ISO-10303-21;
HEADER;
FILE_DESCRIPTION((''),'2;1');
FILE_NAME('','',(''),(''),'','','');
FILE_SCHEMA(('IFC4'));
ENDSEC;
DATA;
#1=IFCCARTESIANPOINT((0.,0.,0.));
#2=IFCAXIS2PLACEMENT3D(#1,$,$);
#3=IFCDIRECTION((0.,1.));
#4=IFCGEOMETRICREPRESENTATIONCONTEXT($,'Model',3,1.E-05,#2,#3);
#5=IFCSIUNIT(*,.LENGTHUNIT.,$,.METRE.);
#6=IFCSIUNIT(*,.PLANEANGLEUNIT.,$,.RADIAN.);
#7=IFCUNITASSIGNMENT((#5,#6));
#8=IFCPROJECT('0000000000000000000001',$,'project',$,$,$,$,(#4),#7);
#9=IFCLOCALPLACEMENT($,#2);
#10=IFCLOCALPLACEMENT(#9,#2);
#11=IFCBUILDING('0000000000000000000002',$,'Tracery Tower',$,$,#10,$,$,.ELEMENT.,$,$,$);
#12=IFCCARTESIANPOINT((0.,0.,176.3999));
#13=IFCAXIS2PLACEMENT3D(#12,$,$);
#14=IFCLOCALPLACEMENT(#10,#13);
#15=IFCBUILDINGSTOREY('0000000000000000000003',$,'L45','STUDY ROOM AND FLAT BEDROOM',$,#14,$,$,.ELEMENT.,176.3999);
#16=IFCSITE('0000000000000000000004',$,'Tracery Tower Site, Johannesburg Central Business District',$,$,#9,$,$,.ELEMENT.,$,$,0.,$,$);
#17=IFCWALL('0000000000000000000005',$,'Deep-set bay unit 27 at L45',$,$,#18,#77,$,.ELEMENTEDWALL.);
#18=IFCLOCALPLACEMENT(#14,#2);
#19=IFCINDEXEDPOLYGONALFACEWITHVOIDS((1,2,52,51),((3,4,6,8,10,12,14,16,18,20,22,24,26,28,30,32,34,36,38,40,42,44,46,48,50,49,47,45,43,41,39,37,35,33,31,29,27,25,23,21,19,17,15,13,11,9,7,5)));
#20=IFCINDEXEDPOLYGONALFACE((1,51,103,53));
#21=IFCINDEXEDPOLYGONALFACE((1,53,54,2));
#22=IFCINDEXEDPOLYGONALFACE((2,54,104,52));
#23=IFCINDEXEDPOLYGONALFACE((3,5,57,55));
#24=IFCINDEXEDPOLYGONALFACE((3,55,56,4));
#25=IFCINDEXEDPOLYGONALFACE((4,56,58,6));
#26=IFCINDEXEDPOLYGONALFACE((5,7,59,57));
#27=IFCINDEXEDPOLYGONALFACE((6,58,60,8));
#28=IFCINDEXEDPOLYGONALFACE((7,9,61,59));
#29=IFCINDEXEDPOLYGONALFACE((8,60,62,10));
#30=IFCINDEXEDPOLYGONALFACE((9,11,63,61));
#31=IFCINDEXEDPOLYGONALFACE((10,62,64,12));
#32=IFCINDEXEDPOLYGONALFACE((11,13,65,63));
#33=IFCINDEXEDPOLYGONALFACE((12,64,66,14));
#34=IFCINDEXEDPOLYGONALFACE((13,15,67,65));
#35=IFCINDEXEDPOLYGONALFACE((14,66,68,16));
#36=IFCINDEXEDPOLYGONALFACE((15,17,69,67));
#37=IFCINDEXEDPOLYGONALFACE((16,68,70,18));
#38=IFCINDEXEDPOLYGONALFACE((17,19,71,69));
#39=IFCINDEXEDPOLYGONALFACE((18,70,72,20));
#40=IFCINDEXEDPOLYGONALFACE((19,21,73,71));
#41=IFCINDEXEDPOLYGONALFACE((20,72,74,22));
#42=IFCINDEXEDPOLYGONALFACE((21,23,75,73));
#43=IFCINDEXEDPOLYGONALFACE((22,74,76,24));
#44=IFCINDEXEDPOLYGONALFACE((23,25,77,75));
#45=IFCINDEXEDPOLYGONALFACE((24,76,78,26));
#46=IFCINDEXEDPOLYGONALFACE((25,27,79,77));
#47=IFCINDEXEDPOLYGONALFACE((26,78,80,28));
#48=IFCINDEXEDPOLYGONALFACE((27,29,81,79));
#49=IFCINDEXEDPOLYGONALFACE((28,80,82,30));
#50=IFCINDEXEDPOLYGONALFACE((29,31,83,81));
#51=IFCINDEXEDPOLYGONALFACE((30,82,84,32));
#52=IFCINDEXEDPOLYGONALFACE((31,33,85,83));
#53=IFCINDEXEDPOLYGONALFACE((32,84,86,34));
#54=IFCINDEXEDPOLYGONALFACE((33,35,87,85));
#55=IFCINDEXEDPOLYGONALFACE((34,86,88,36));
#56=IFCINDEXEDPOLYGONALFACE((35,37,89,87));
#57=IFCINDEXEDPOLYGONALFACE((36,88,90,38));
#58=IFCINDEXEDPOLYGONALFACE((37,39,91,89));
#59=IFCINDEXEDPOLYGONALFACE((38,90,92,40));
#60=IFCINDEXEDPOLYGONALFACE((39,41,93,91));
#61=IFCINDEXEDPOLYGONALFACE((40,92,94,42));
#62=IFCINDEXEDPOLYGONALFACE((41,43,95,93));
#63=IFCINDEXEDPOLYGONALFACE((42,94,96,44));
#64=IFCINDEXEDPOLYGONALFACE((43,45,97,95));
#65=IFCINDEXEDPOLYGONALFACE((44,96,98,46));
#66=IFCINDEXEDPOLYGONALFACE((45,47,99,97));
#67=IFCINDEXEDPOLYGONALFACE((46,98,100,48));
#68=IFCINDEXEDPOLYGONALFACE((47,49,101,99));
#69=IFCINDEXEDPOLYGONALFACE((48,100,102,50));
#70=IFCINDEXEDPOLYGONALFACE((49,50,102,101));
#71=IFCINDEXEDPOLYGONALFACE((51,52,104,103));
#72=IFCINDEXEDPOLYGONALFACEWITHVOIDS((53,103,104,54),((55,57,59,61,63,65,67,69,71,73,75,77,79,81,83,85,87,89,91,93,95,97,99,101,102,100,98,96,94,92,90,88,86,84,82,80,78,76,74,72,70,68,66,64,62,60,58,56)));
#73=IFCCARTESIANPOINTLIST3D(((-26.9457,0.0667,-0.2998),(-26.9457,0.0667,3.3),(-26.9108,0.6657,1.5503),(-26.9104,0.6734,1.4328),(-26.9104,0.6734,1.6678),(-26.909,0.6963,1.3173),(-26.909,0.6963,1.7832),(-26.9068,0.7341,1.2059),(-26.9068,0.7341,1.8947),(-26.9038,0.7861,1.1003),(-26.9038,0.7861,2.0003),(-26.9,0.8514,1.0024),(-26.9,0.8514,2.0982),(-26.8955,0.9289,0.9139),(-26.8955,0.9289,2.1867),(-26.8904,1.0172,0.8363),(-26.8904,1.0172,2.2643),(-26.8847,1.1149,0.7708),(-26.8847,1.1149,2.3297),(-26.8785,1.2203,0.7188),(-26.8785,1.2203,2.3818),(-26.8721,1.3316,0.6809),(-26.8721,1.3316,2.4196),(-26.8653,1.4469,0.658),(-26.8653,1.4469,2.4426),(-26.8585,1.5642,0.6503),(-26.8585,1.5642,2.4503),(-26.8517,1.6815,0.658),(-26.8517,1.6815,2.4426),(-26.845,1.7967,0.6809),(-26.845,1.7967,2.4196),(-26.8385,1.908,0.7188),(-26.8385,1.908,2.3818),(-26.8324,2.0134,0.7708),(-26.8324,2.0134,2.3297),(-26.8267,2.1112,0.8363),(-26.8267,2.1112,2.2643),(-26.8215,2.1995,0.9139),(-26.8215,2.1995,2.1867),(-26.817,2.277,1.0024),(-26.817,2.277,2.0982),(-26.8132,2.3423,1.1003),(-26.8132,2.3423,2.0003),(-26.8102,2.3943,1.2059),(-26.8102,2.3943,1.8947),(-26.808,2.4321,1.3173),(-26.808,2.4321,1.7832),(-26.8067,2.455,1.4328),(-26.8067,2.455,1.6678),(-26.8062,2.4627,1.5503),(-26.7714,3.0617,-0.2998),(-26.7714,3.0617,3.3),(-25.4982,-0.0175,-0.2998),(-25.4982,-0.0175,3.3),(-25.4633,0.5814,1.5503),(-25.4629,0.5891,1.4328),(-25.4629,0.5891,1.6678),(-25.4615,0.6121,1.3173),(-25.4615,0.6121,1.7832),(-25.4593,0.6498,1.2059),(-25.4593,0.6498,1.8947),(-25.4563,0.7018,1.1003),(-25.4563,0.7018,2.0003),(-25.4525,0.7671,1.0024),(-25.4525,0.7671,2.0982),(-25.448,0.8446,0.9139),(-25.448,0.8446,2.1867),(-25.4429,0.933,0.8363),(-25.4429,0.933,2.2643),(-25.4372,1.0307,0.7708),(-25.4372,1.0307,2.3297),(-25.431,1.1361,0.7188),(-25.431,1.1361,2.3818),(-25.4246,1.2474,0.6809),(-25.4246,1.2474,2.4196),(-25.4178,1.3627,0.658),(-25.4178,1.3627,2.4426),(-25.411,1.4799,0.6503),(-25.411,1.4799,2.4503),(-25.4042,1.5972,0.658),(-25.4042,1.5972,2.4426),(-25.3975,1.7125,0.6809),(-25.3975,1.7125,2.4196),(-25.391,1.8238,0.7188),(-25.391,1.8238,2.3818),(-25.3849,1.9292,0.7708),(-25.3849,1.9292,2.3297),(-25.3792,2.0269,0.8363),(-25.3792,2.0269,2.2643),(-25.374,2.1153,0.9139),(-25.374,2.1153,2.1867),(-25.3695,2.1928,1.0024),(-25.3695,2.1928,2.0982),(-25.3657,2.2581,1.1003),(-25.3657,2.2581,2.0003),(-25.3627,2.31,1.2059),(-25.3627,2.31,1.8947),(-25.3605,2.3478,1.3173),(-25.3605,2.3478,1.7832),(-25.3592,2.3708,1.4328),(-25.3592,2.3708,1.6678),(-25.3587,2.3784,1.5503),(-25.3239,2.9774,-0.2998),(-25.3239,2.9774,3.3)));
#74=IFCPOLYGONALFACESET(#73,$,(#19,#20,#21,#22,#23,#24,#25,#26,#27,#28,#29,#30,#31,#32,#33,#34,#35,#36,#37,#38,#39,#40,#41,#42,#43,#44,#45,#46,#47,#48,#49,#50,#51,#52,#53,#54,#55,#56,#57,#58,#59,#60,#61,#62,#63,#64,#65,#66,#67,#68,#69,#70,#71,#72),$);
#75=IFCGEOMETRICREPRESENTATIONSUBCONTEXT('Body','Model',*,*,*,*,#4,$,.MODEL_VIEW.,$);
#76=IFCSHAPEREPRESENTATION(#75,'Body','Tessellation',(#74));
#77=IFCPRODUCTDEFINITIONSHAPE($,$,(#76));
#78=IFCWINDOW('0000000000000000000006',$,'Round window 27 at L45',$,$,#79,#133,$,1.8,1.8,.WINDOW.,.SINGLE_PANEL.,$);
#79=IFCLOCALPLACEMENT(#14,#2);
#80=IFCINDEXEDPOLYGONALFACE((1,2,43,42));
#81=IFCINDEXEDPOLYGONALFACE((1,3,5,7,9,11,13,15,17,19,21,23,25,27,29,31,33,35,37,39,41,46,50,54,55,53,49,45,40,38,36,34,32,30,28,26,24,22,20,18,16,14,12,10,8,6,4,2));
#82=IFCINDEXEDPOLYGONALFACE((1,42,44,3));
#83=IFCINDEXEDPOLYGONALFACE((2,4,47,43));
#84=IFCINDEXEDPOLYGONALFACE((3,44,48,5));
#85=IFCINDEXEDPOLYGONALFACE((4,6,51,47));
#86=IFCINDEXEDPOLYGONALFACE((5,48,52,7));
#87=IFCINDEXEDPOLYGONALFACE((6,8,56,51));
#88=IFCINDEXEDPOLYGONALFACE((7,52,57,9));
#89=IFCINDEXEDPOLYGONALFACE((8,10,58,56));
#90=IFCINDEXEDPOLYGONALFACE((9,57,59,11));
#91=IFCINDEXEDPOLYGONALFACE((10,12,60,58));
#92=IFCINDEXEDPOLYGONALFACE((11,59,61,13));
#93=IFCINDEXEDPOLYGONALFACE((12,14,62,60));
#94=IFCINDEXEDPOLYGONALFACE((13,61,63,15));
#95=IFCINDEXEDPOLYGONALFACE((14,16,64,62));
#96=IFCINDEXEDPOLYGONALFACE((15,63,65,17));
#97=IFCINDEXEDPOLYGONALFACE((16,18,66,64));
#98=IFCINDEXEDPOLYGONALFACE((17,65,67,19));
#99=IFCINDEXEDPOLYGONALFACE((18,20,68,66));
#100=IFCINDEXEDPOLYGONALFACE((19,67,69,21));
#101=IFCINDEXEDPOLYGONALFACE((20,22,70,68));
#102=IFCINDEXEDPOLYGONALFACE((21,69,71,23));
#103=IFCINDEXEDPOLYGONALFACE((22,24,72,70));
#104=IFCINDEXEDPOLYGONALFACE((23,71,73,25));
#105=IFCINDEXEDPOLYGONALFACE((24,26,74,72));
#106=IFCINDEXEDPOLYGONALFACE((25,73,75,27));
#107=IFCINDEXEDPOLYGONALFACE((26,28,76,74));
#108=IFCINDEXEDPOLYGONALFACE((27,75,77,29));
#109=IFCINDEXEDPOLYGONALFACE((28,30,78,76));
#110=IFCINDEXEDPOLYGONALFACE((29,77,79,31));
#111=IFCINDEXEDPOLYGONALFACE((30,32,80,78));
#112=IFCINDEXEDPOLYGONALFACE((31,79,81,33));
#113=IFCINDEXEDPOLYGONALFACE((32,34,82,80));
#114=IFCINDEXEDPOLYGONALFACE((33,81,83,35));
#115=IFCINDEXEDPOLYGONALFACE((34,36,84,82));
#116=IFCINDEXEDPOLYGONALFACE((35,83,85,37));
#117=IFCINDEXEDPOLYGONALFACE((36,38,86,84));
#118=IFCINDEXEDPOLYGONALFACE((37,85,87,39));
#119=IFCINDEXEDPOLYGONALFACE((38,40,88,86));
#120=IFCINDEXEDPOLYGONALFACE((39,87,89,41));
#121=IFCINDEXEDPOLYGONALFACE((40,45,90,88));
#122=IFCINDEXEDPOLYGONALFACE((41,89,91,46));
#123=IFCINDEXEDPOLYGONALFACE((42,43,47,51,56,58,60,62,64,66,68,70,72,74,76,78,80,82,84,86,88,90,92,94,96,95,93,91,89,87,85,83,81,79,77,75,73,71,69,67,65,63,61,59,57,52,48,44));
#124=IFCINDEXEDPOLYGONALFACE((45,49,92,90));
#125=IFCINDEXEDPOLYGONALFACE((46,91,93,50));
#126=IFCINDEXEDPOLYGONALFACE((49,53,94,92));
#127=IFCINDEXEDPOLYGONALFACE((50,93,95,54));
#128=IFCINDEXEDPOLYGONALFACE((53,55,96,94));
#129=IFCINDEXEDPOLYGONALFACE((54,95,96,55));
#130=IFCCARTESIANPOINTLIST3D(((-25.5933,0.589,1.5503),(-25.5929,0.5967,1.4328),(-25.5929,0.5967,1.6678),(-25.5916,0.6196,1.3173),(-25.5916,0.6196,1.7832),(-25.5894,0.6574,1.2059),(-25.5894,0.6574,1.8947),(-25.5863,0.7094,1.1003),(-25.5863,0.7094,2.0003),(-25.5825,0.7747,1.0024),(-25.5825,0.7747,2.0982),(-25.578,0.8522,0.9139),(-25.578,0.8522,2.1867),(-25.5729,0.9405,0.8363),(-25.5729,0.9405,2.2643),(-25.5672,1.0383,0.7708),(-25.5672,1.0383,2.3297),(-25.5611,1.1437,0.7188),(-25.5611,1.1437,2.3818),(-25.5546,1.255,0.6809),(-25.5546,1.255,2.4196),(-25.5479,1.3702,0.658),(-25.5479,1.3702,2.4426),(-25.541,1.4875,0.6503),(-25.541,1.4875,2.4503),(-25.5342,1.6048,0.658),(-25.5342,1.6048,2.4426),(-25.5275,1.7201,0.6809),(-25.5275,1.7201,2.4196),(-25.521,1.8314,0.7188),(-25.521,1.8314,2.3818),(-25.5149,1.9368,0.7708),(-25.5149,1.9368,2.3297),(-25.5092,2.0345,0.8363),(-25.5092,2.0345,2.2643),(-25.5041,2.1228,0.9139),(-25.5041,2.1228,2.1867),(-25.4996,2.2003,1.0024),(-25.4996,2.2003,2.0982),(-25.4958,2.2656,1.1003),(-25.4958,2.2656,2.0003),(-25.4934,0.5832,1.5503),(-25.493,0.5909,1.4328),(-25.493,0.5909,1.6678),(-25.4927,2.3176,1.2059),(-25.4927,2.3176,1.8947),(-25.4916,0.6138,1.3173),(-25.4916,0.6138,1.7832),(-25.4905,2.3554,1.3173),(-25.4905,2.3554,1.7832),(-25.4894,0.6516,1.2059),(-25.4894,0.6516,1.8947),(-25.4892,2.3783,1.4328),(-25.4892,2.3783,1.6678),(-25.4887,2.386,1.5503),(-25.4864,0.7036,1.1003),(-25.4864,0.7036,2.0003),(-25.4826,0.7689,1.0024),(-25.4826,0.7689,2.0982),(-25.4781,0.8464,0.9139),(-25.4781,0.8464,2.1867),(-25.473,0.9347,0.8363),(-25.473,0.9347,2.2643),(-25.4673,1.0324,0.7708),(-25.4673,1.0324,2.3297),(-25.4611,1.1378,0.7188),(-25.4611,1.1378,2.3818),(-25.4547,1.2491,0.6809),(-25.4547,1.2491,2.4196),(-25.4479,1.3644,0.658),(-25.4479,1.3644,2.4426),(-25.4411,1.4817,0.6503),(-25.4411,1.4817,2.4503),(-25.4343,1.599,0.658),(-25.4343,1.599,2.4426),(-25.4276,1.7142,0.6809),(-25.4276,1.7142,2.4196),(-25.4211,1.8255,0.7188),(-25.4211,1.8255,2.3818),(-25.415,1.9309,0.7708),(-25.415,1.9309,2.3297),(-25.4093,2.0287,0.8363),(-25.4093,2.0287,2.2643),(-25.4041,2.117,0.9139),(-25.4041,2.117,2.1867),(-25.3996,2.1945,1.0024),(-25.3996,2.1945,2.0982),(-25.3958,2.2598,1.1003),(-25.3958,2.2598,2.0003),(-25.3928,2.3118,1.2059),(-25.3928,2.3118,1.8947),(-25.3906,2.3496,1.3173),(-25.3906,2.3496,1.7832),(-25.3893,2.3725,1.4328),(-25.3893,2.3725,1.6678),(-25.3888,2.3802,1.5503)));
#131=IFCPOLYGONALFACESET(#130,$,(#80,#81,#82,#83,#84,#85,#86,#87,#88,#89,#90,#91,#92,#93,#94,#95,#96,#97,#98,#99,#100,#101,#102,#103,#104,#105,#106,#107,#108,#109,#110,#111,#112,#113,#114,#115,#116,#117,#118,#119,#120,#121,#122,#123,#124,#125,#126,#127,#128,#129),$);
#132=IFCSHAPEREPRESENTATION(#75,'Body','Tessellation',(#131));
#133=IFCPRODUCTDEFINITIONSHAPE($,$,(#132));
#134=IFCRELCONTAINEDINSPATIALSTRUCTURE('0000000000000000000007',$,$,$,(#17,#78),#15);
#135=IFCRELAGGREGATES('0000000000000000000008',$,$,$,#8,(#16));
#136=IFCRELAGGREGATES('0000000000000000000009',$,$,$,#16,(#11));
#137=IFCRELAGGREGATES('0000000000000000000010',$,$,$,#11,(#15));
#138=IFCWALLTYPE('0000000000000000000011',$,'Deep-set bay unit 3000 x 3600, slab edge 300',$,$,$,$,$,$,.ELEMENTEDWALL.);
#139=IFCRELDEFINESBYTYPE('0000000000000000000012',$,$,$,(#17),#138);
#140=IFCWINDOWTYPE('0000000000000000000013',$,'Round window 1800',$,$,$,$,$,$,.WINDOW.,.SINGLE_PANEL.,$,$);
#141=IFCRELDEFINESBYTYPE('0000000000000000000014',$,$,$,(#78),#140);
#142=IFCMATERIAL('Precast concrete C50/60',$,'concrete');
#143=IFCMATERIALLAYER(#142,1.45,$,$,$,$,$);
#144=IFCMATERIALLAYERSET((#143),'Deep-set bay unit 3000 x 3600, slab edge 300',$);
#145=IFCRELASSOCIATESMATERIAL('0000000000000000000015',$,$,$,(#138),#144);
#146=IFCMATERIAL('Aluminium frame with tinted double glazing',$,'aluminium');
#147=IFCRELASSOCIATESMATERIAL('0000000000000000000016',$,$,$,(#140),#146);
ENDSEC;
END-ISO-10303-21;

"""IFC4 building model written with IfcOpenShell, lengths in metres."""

from ifc_helpers import new_model, si_unit, direction, frame, frame_2d, origin, origin_2d, place, context, subcontext, project, spatial, rectangle, circle, extrude, material, layer, layer_set, type_object, element, fill, save


model = new_model("IFC4")

# Units and contexts
model_context = context("Model", 3, precision=1e-05, world=origin(), true_north=direction((0.0, 1.0)))
body_context = subcontext(model_context, "Body", "Model", "MODEL_VIEW")
ifc_project = project(units=[si_unit("LENGTHUNIT", "METRE"), si_unit("PLANEANGLEUNIT", "RADIAN")], contexts=[model_context])

# Site, building, storey
site_placement = place(None, origin())
site = spatial("IfcSite", under=ifc_project, at=site_placement, Name="Tracery Tower Site, Johannesburg Central Business District", CompositionType="ELEMENT", RefElevation=0.0)
building_placement = place(site_placement, origin())
building = spatial("IfcBuilding", under=site, at=building_placement, Name="Tracery Tower", CompositionType="ELEMENT")
storey_placement = place(building_placement, frame((0.0, 0.0, 176.3999)))
storey = spatial("IfcBuildingStorey", under=building, at=storey_placement, Name="L45", Description="STUDY ROOM AND FLAT BEDROOM", CompositionType="ELEMENT", Elevation=176.3999)

# Wall, opening, window
ifc_material_1 = material(Name="Precast concrete C50/60", Category="concrete")
ifc_layer_1 = layer(ifc_material_1, 1.45)
ifc_layer_set_1 = layer_set([ifc_layer_1], Name="Deep-set bay unit 3000 x 3600, slab edge 300")
wall_type_1 = type_object("IfcWallType", Name="Deep-set bay unit 3000 x 3600, slab edge 300", PredefinedType="ELEMENTEDWALL", material=ifc_layer_set_1)
wall_1_placement = place(storey_placement, frame((-26.0476, 3.0195, -0.2998), z_axis=(0.0, 0.0, 1.0), x_axis=(-0.058107, -0.99831, 0.0)))
wall_1 = element("IfcWall", 1, at=wall_1_placement, inside=storey, type_object=wall_type_1, Name="Deep-set bay unit 27 at L45", PredefinedType="ELEMENTEDWALL", context=body_context, shape_type="SweptSolid", body=[
    extrude(rectangle(XDim=3.0, YDim=1.45, at=frame_2d((1.5, 0.0))), origin(), (0.0, 0.0, 1.0), 3.5999),
])
opening_1_placement = place(wall_1_placement, frame((1.5, 0.0, 1.8501)))
opening_1 = element("IfcOpeningElement", 2, at=opening_1_placement, cuts=wall_1, PredefinedType="OPENING", context=body_context, shape_type="SweptSolid", body=[
    extrude(circle(Radius=0.9, at=origin_2d()), frame((0.0, 0.7349, 0.0), z_axis=(0.0, -1.0, 0.0), x_axis=(1.0, 0.0, 0.0)), (0.0, 0.0, 1.0), 1.47),
])
ifc_material_2 = material(Name="Aluminium frame with tinted double glazing", Category="aluminium")
window_type = type_object("IfcWindowType", Name="Round window 1800", PartitioningType="SINGLE_PANEL", PredefinedType="WINDOW", material=ifc_material_2)
window_1_placement = place(opening_1_placement, origin())
window_1 = element("IfcWindow", 3, at=window_1_placement, inside=storey, type_object=window_type, Name="Round window 27 at L45", OverallHeight=1.8, OverallWidth=1.8, PartitioningType="SINGLE_PANEL", PredefinedType="WINDOW", context=body_context, shape_type="SweptSolid", body=[
    extrude(circle(Radius=0.9, at=origin_2d()), frame((0.0, 0.6948, 0.0), z_axis=(0.0, -1.0, 0.0), x_axis=(1.0, 0.0, 0.0)), (0.0, 0.0, 1.0), 0.1001),
])
fill(opening_1, window_1)

save(model, "model.ifc")
